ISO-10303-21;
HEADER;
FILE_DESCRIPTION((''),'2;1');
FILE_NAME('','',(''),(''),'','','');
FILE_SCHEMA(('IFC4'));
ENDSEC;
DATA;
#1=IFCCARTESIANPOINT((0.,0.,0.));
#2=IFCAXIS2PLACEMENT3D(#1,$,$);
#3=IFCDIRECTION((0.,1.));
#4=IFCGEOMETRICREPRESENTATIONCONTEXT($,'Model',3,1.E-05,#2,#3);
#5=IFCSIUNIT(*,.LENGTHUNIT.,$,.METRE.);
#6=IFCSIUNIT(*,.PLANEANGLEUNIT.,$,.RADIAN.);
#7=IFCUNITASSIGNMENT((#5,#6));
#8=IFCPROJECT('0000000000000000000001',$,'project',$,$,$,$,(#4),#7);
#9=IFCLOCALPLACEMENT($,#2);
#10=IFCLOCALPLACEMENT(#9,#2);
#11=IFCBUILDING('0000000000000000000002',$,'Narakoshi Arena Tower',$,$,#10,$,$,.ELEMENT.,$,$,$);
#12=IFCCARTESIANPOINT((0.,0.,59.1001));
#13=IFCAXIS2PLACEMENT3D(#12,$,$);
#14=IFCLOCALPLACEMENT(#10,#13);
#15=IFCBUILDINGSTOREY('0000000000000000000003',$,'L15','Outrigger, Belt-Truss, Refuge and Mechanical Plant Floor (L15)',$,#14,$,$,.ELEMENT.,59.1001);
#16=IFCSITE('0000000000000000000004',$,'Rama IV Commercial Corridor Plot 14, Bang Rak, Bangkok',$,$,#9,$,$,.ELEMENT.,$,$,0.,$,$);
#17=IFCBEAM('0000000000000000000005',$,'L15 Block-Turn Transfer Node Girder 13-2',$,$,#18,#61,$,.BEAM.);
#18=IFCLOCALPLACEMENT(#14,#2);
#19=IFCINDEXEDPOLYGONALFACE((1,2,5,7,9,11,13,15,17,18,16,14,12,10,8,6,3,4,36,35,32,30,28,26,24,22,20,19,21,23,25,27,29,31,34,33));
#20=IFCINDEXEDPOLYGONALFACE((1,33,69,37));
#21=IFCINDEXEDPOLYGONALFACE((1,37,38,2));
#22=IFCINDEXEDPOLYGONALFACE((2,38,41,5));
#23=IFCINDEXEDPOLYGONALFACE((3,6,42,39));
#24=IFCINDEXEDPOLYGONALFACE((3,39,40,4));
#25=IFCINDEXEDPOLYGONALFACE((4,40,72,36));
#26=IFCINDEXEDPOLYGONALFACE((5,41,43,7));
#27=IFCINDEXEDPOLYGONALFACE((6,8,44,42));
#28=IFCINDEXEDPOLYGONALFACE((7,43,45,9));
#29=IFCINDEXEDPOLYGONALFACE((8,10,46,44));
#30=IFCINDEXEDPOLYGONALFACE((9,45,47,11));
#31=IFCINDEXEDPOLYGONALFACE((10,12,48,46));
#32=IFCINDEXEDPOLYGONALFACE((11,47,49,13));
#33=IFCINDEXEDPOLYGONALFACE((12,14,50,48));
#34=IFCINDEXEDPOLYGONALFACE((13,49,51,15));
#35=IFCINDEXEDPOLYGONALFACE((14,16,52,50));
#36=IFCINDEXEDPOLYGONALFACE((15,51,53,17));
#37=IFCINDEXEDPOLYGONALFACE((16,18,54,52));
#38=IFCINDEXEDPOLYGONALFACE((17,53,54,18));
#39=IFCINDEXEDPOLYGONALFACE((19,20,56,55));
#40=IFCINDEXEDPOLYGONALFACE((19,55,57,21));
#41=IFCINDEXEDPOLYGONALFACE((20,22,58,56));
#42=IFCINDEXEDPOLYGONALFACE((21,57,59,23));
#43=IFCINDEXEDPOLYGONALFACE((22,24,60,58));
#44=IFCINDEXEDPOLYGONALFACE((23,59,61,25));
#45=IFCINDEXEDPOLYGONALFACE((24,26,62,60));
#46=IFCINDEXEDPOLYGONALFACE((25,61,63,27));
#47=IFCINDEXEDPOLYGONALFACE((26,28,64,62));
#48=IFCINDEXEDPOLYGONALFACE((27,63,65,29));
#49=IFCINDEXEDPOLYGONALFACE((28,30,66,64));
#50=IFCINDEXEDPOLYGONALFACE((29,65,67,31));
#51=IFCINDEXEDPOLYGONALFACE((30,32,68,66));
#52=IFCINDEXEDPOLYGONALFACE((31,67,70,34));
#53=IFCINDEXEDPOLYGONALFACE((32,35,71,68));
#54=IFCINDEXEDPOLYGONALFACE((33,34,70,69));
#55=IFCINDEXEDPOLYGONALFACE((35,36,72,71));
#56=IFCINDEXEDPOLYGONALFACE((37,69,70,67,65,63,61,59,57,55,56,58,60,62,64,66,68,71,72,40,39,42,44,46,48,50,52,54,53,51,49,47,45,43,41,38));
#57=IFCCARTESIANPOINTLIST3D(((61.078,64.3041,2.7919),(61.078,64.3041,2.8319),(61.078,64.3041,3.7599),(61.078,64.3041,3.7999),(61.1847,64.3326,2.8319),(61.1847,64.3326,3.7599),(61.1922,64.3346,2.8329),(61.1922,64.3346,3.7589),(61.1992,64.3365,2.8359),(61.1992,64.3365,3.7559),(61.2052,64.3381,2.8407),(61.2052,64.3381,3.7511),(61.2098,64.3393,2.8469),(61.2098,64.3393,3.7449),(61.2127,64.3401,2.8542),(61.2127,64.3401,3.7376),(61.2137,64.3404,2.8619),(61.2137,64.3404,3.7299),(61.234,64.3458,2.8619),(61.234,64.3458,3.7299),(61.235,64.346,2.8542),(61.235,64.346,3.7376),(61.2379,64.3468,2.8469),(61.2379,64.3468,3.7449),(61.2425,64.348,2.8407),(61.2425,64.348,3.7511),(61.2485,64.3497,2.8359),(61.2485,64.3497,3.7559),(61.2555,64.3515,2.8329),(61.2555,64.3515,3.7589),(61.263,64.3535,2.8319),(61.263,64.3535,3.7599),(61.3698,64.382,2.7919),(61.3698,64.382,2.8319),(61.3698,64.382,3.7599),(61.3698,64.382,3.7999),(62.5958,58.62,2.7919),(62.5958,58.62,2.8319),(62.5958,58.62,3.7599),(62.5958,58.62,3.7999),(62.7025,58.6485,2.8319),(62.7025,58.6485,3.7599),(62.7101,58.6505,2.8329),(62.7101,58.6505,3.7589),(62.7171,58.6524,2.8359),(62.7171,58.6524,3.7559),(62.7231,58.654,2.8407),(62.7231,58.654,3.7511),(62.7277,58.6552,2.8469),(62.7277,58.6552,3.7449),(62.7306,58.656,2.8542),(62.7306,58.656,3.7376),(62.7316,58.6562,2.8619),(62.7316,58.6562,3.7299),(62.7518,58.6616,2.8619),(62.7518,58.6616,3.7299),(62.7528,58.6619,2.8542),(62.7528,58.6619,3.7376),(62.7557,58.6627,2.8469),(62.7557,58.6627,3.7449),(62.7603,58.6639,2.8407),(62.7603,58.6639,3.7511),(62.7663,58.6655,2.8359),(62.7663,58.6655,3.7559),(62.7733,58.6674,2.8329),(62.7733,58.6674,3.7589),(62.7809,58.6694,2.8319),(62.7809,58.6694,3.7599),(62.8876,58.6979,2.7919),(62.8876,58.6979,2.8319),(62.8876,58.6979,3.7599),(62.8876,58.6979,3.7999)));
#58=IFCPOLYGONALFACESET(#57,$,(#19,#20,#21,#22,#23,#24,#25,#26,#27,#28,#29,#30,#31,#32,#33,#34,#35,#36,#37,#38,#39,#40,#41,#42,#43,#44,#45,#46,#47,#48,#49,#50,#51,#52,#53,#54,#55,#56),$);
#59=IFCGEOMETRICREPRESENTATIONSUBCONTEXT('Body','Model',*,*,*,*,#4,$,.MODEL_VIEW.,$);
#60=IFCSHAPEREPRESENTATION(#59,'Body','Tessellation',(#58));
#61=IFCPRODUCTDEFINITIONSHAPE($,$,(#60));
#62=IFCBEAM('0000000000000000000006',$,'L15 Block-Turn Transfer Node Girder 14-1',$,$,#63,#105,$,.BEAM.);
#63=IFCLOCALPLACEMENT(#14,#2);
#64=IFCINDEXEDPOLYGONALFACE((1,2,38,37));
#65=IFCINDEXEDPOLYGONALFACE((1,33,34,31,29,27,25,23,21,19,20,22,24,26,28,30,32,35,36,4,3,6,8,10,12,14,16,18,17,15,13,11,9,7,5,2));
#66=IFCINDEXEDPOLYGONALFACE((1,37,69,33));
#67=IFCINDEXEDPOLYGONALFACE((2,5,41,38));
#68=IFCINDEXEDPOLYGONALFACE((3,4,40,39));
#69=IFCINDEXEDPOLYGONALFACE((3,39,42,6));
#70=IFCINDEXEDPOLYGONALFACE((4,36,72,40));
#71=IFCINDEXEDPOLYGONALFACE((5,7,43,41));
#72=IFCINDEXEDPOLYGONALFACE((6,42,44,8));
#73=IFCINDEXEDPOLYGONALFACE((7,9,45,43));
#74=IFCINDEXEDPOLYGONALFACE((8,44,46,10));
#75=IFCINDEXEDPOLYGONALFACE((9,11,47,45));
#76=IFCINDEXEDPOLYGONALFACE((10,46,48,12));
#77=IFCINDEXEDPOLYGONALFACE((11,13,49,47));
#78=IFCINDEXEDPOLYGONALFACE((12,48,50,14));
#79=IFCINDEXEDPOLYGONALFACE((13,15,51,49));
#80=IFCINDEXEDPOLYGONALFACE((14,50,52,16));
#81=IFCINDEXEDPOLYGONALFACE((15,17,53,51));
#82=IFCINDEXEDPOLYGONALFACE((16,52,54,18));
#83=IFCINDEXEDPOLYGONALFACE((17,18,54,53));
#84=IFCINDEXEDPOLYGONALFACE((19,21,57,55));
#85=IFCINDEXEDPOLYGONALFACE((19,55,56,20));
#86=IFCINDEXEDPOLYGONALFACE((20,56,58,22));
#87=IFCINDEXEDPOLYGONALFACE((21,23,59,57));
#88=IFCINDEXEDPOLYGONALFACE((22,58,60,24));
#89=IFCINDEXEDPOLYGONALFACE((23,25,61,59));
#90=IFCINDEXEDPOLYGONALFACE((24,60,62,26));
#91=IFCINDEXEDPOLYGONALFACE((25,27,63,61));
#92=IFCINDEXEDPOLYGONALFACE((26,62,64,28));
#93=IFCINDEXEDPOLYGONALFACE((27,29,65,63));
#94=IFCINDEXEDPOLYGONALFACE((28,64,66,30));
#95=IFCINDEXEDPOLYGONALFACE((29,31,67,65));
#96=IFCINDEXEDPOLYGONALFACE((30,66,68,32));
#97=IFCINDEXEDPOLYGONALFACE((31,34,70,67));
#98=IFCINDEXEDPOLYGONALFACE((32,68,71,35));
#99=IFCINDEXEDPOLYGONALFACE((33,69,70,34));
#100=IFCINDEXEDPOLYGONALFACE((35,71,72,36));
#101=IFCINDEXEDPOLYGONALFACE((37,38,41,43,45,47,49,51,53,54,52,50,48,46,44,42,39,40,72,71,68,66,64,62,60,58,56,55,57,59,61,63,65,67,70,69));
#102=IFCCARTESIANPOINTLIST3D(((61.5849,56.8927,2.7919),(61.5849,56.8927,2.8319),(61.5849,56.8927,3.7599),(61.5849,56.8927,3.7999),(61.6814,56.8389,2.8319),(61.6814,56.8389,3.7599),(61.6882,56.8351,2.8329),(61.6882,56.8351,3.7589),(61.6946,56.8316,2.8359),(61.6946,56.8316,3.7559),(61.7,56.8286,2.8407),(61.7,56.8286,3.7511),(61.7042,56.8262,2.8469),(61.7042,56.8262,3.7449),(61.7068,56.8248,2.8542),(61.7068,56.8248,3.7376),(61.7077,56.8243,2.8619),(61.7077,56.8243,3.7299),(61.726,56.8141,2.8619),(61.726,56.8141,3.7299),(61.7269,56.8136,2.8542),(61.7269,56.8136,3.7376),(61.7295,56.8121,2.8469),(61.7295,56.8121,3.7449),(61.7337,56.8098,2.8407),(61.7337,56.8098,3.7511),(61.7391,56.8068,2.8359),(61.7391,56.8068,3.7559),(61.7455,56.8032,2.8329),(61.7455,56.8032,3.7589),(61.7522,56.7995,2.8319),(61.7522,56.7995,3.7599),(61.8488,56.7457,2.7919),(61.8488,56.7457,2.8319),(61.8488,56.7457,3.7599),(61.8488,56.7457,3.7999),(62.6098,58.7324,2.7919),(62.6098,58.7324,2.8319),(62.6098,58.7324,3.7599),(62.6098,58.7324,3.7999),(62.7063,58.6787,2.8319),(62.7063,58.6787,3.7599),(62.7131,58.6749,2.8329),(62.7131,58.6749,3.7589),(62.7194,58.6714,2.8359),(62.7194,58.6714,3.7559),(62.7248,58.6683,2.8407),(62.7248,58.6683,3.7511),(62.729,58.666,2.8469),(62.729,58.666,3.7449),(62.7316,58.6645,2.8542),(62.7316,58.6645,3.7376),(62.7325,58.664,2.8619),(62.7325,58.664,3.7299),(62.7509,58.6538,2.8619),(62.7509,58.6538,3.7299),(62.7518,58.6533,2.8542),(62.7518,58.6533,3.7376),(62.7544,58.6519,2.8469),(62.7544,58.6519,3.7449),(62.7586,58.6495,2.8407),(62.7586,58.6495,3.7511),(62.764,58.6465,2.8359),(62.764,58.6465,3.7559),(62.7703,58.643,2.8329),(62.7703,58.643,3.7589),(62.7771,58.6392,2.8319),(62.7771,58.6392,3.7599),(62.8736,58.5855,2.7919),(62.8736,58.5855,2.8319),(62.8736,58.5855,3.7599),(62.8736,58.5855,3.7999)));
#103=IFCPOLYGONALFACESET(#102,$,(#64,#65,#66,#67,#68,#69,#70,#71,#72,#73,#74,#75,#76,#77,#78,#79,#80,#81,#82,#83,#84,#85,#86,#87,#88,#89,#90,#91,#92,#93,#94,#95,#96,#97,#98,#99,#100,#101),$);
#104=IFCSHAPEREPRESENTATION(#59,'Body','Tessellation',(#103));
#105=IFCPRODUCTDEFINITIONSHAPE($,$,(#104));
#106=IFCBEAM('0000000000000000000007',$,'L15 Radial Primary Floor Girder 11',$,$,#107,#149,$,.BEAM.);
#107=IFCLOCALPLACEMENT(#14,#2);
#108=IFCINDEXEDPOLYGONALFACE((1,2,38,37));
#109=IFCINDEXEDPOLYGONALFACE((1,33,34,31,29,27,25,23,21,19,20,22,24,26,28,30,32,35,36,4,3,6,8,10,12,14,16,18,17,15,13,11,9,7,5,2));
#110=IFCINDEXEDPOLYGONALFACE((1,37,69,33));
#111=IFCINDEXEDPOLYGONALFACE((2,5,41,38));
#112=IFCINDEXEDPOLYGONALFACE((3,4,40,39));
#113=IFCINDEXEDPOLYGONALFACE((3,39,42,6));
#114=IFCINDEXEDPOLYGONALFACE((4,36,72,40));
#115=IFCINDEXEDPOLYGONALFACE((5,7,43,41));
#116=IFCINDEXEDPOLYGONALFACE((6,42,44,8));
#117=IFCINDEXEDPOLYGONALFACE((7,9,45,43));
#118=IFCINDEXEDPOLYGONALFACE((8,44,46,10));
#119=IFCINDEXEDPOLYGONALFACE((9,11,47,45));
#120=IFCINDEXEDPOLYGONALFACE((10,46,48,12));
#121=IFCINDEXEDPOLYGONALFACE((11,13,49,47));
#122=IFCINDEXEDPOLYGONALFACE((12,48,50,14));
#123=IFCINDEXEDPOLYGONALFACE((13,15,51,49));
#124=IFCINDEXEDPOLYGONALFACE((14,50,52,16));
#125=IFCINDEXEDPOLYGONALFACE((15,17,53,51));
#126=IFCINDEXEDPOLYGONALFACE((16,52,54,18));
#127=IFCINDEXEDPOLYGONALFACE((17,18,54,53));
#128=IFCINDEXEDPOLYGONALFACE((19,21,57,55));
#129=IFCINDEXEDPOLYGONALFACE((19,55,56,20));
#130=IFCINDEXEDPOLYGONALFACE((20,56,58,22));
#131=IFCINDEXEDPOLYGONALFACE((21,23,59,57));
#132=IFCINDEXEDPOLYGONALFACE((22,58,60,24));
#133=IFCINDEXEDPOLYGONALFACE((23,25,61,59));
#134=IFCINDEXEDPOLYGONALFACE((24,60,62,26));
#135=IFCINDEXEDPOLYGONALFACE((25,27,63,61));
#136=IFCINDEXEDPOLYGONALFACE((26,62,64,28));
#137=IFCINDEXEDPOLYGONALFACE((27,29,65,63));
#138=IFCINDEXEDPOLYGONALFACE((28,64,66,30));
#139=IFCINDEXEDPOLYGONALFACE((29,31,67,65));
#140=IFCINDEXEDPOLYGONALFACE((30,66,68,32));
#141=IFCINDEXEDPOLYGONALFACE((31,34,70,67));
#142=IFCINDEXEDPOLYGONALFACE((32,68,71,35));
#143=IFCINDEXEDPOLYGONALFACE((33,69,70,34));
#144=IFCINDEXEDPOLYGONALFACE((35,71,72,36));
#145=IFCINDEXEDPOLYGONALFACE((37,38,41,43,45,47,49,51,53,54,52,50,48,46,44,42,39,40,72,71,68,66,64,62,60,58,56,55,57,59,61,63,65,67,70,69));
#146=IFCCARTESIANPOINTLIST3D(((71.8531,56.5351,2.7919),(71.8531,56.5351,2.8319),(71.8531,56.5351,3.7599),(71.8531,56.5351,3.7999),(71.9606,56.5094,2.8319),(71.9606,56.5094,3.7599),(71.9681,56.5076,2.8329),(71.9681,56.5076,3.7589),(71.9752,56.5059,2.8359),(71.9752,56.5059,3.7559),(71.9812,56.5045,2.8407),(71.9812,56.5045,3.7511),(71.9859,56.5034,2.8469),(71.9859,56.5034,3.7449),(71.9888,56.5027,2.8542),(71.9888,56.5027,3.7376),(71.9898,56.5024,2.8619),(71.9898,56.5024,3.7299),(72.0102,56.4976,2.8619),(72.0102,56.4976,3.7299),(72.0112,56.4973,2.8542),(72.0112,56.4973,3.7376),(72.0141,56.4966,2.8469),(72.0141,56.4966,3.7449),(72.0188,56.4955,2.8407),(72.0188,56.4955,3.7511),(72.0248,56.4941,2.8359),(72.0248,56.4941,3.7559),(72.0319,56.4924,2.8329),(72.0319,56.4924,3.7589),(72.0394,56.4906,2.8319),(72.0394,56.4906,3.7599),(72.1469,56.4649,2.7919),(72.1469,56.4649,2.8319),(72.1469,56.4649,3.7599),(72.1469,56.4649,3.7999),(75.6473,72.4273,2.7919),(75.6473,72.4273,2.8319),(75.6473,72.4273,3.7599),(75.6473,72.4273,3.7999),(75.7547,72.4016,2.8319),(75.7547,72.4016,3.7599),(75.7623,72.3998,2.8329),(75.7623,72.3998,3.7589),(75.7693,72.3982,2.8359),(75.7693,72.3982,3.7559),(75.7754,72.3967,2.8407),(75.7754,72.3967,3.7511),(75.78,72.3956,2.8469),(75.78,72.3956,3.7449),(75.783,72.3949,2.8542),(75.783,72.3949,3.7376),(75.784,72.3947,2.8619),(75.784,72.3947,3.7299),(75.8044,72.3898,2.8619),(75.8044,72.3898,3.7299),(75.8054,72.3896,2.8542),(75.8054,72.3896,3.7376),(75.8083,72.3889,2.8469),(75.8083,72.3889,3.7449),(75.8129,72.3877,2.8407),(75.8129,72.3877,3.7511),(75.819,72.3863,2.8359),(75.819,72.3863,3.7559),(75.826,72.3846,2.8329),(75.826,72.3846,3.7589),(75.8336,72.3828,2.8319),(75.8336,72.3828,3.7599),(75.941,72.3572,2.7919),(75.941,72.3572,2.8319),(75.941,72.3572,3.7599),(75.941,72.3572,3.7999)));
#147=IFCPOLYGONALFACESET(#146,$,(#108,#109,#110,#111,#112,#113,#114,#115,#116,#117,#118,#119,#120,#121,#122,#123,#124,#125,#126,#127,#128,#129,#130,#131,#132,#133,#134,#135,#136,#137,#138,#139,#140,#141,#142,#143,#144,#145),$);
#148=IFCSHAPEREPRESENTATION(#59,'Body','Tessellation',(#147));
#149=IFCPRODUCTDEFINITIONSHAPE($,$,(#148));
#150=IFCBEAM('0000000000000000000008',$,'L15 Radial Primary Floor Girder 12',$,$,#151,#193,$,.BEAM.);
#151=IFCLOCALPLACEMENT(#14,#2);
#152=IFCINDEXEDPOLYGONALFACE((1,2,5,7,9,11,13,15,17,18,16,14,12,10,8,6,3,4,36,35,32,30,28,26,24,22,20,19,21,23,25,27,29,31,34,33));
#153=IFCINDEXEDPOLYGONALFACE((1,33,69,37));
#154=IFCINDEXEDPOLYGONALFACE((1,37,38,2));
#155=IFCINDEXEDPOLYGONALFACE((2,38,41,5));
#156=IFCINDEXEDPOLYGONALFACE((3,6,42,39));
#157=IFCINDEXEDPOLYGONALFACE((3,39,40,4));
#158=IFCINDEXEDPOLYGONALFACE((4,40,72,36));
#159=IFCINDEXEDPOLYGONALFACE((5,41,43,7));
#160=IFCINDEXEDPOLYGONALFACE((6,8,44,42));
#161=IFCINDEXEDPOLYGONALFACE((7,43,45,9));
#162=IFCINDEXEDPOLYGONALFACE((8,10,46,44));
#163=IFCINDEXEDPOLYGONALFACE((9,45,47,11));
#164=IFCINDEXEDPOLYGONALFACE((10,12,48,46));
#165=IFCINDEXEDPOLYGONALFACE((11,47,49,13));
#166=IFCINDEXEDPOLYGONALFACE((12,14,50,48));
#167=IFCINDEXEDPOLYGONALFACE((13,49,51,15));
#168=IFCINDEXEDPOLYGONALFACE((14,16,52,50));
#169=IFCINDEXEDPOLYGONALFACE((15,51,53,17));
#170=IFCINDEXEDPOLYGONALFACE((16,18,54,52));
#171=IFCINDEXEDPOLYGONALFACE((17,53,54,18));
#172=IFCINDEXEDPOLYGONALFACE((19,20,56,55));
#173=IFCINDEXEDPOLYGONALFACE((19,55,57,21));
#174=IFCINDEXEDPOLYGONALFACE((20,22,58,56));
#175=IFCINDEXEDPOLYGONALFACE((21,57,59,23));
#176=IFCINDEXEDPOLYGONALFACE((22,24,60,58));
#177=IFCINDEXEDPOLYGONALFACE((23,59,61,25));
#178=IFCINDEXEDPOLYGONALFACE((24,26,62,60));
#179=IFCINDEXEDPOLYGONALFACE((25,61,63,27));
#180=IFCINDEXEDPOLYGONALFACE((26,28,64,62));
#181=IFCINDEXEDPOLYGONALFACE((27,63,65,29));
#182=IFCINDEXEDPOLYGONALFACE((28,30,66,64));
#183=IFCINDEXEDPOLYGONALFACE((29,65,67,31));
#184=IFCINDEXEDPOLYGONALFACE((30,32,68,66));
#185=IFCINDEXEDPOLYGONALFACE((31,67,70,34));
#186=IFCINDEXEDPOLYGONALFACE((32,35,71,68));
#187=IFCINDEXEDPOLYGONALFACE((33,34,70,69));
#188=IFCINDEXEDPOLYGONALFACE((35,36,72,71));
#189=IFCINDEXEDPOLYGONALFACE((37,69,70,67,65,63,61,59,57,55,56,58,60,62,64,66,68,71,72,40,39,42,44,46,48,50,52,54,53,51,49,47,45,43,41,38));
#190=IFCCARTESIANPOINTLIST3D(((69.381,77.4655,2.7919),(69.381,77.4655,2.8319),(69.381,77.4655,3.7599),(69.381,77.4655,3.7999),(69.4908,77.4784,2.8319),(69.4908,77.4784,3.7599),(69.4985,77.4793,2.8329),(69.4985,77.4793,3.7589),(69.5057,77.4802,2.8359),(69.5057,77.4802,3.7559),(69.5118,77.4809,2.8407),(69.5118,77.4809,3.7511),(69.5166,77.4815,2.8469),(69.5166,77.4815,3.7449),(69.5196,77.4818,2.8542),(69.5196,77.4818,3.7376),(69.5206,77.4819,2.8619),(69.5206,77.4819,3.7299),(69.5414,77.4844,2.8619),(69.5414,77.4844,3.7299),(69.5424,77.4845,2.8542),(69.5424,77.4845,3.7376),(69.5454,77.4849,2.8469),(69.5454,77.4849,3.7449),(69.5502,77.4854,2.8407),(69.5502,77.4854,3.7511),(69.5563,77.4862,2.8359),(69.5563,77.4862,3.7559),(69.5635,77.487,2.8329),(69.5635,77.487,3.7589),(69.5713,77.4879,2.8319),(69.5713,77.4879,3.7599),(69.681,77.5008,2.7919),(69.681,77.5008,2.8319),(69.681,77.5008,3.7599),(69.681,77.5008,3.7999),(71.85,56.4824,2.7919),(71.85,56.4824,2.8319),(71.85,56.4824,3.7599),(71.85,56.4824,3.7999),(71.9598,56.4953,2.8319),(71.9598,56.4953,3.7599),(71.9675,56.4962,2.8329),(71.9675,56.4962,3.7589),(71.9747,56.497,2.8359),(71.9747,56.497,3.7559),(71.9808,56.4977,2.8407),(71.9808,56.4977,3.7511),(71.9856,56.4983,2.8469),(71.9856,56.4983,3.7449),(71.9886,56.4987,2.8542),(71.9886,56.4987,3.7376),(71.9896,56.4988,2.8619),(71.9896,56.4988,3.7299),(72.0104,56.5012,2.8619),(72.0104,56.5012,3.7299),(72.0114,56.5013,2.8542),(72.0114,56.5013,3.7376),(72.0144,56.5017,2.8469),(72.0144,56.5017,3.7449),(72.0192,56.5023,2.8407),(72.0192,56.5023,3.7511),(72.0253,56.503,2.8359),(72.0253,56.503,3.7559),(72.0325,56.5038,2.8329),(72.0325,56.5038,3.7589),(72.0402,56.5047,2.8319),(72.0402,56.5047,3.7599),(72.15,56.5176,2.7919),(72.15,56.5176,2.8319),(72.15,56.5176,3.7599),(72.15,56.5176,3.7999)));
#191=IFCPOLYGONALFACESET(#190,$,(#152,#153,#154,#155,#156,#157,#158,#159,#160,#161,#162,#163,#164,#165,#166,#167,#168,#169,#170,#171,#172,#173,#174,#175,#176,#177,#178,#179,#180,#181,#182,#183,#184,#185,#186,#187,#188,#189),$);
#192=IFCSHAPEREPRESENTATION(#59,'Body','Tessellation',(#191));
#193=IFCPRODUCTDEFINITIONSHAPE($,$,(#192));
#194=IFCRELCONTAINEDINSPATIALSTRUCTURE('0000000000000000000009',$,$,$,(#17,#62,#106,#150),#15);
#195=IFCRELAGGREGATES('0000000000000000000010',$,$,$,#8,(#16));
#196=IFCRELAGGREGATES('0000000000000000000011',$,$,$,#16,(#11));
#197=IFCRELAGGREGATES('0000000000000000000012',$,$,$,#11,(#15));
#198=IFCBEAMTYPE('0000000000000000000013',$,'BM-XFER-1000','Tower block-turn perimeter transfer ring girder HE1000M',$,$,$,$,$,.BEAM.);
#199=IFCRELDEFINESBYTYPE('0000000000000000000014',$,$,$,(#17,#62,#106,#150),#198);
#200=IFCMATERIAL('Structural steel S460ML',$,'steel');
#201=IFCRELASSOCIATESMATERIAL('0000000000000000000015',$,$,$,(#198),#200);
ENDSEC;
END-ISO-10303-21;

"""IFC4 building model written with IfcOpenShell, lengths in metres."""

from ifc_helpers import new_model, si_unit, direction, frame, origin, origin_2d, place, context, subcontext, project, spatial, i_section, extrude, material, material_profile, profile_set, type_object, element, save


model = new_model("IFC4")

# Units and contexts
model_context = context("Model", 3, precision=1e-05, world=origin(), true_north=direction((0.0, 1.0)))
body_context = subcontext(model_context, "Body", "Model", "MODEL_VIEW")
ifc_project = project(units=[si_unit("LENGTHUNIT", "METRE"), si_unit("PLANEANGLEUNIT", "RADIAN")], contexts=[model_context])

# Site, building, storey
site_placement = place(None, origin())
site = spatial("IfcSite", under=ifc_project, at=site_placement, Name="Rama IV Commercial Corridor Plot 14, Bang Rak, Bangkok", CompositionType="ELEMENT", RefElevation=0.0)
building_placement = place(site_placement, origin())
building = spatial("IfcBuilding", under=site, at=building_placement, Name="Narakoshi Arena Tower", CompositionType="ELEMENT")
storey_placement = place(building_placement, frame((0.0, 0.0, 59.1001)))
storey = spatial("IfcBuildingStorey", under=building, at=storey_placement, Name="L15", Description="Outrigger, Belt-Truss, Refuge and Mechanical Plant Floor (L15)", CompositionType="ELEMENT", Elevation=59.1001)

# Shared definitions
ifc_material_1 = material(Name="Structural steel S460ML", Category="steel")

# Beams
ifc_material_profile_1 = material_profile(ifc_material_1, i_section(OverallWidth=0.302, OverallDepth=1.0081, WebThickness=0.021, FlangeThickness=0.04, FilletRadius=0.03, at=origin_2d()), Name="HE1000M")
ifc_profile_set_1 = profile_set([ifc_material_profile_1], Name="Structural steel S460ML")
beam_type_1 = type_object("IfcBeamType", Name="BM-XFER-1000", Description="Tower block-turn perimeter transfer ring girder HE1000M", PredefinedType="BEAM", material=ifc_profile_set_1)
beam_1_placement = place(storey_placement, frame((62.7417, 58.6589, 3.2959), z_axis=(-0.257991, 0.966147, 0.0), x_axis=(-0.966147, -0.257991, 0.0)))
element("IfcBeam", 1, at=beam_1_placement, inside=storey, type_object=beam_type_1, Name="L15 Block-Turn Transfer Node Girder 13-2", PredefinedType="BEAM", context=body_context, shape_type="SweptSolid", body=[
    extrude(i_section(OverallWidth=0.302, OverallDepth=1.0081, WebThickness=0.021, FlangeThickness=0.04, FilletRadius=0.03, at=origin_2d()), origin(), (0.0, 0.0, 1.0), 5.8833),
])
beam_2_placement = place(storey_placement, frame((62.7417, 58.6589, 3.2959), z_axis=(-0.486647, -0.873599, 0.0), x_axis=(0.873599, -0.486647, 0.0)))
element("IfcBeam", 2, at=beam_2_placement, inside=storey, type_object=beam_type_1, Name="L15 Block-Turn Transfer Node Girder 14-1", PredefinedType="BEAM", context=body_context, shape_type="SweptSolid", body=[
    extrude(i_section(OverallWidth=0.302, OverallDepth=1.0081, WebThickness=0.021, FlangeThickness=0.04, FilletRadius=0.03, at=origin_2d()), origin(), (0.0, 0.0, 1.0), 2.106),
])
beam_3_placement = place(storey_placement, frame((72.0, 56.5, 3.2959), z_axis=(0.232217, 0.972664, 0.0), x_axis=(-0.972664, 0.232217, 0.0)))
element("IfcBeam", 3, at=beam_3_placement, inside=storey, type_object=beam_type_1, Name="L15 Radial Primary Floor Girder 11", PredefinedType="BEAM", context=body_context, shape_type="SweptSolid", body=[
    extrude(i_section(OverallWidth=0.302, OverallDepth=1.0081, WebThickness=0.021, FlangeThickness=0.04, FilletRadius=0.03, at=origin_2d()), origin(), (0.0, 0.0, 1.0), 16.3389),
])
beam_4_placement = place(storey_placement, frame((72.0, 56.5, 3.2959), z_axis=(-0.116859, 0.993148, 0.0), x_axis=(-0.993148, -0.116859, 0.0)))
element("IfcBeam", 4, at=beam_4_placement, inside=storey, type_object=beam_type_1, Name="L15 Radial Primary Floor Girder 12", PredefinedType="BEAM", context=body_context, shape_type="SweptSolid", body=[
    extrude(i_section(OverallWidth=0.302, OverallDepth=1.0081, WebThickness=0.021, FlangeThickness=0.04, FilletRadius=0.03, at=origin_2d()), origin(), (0.0, 0.0, 1.0), 21.1279),
])

save(model, "model.ifc")
